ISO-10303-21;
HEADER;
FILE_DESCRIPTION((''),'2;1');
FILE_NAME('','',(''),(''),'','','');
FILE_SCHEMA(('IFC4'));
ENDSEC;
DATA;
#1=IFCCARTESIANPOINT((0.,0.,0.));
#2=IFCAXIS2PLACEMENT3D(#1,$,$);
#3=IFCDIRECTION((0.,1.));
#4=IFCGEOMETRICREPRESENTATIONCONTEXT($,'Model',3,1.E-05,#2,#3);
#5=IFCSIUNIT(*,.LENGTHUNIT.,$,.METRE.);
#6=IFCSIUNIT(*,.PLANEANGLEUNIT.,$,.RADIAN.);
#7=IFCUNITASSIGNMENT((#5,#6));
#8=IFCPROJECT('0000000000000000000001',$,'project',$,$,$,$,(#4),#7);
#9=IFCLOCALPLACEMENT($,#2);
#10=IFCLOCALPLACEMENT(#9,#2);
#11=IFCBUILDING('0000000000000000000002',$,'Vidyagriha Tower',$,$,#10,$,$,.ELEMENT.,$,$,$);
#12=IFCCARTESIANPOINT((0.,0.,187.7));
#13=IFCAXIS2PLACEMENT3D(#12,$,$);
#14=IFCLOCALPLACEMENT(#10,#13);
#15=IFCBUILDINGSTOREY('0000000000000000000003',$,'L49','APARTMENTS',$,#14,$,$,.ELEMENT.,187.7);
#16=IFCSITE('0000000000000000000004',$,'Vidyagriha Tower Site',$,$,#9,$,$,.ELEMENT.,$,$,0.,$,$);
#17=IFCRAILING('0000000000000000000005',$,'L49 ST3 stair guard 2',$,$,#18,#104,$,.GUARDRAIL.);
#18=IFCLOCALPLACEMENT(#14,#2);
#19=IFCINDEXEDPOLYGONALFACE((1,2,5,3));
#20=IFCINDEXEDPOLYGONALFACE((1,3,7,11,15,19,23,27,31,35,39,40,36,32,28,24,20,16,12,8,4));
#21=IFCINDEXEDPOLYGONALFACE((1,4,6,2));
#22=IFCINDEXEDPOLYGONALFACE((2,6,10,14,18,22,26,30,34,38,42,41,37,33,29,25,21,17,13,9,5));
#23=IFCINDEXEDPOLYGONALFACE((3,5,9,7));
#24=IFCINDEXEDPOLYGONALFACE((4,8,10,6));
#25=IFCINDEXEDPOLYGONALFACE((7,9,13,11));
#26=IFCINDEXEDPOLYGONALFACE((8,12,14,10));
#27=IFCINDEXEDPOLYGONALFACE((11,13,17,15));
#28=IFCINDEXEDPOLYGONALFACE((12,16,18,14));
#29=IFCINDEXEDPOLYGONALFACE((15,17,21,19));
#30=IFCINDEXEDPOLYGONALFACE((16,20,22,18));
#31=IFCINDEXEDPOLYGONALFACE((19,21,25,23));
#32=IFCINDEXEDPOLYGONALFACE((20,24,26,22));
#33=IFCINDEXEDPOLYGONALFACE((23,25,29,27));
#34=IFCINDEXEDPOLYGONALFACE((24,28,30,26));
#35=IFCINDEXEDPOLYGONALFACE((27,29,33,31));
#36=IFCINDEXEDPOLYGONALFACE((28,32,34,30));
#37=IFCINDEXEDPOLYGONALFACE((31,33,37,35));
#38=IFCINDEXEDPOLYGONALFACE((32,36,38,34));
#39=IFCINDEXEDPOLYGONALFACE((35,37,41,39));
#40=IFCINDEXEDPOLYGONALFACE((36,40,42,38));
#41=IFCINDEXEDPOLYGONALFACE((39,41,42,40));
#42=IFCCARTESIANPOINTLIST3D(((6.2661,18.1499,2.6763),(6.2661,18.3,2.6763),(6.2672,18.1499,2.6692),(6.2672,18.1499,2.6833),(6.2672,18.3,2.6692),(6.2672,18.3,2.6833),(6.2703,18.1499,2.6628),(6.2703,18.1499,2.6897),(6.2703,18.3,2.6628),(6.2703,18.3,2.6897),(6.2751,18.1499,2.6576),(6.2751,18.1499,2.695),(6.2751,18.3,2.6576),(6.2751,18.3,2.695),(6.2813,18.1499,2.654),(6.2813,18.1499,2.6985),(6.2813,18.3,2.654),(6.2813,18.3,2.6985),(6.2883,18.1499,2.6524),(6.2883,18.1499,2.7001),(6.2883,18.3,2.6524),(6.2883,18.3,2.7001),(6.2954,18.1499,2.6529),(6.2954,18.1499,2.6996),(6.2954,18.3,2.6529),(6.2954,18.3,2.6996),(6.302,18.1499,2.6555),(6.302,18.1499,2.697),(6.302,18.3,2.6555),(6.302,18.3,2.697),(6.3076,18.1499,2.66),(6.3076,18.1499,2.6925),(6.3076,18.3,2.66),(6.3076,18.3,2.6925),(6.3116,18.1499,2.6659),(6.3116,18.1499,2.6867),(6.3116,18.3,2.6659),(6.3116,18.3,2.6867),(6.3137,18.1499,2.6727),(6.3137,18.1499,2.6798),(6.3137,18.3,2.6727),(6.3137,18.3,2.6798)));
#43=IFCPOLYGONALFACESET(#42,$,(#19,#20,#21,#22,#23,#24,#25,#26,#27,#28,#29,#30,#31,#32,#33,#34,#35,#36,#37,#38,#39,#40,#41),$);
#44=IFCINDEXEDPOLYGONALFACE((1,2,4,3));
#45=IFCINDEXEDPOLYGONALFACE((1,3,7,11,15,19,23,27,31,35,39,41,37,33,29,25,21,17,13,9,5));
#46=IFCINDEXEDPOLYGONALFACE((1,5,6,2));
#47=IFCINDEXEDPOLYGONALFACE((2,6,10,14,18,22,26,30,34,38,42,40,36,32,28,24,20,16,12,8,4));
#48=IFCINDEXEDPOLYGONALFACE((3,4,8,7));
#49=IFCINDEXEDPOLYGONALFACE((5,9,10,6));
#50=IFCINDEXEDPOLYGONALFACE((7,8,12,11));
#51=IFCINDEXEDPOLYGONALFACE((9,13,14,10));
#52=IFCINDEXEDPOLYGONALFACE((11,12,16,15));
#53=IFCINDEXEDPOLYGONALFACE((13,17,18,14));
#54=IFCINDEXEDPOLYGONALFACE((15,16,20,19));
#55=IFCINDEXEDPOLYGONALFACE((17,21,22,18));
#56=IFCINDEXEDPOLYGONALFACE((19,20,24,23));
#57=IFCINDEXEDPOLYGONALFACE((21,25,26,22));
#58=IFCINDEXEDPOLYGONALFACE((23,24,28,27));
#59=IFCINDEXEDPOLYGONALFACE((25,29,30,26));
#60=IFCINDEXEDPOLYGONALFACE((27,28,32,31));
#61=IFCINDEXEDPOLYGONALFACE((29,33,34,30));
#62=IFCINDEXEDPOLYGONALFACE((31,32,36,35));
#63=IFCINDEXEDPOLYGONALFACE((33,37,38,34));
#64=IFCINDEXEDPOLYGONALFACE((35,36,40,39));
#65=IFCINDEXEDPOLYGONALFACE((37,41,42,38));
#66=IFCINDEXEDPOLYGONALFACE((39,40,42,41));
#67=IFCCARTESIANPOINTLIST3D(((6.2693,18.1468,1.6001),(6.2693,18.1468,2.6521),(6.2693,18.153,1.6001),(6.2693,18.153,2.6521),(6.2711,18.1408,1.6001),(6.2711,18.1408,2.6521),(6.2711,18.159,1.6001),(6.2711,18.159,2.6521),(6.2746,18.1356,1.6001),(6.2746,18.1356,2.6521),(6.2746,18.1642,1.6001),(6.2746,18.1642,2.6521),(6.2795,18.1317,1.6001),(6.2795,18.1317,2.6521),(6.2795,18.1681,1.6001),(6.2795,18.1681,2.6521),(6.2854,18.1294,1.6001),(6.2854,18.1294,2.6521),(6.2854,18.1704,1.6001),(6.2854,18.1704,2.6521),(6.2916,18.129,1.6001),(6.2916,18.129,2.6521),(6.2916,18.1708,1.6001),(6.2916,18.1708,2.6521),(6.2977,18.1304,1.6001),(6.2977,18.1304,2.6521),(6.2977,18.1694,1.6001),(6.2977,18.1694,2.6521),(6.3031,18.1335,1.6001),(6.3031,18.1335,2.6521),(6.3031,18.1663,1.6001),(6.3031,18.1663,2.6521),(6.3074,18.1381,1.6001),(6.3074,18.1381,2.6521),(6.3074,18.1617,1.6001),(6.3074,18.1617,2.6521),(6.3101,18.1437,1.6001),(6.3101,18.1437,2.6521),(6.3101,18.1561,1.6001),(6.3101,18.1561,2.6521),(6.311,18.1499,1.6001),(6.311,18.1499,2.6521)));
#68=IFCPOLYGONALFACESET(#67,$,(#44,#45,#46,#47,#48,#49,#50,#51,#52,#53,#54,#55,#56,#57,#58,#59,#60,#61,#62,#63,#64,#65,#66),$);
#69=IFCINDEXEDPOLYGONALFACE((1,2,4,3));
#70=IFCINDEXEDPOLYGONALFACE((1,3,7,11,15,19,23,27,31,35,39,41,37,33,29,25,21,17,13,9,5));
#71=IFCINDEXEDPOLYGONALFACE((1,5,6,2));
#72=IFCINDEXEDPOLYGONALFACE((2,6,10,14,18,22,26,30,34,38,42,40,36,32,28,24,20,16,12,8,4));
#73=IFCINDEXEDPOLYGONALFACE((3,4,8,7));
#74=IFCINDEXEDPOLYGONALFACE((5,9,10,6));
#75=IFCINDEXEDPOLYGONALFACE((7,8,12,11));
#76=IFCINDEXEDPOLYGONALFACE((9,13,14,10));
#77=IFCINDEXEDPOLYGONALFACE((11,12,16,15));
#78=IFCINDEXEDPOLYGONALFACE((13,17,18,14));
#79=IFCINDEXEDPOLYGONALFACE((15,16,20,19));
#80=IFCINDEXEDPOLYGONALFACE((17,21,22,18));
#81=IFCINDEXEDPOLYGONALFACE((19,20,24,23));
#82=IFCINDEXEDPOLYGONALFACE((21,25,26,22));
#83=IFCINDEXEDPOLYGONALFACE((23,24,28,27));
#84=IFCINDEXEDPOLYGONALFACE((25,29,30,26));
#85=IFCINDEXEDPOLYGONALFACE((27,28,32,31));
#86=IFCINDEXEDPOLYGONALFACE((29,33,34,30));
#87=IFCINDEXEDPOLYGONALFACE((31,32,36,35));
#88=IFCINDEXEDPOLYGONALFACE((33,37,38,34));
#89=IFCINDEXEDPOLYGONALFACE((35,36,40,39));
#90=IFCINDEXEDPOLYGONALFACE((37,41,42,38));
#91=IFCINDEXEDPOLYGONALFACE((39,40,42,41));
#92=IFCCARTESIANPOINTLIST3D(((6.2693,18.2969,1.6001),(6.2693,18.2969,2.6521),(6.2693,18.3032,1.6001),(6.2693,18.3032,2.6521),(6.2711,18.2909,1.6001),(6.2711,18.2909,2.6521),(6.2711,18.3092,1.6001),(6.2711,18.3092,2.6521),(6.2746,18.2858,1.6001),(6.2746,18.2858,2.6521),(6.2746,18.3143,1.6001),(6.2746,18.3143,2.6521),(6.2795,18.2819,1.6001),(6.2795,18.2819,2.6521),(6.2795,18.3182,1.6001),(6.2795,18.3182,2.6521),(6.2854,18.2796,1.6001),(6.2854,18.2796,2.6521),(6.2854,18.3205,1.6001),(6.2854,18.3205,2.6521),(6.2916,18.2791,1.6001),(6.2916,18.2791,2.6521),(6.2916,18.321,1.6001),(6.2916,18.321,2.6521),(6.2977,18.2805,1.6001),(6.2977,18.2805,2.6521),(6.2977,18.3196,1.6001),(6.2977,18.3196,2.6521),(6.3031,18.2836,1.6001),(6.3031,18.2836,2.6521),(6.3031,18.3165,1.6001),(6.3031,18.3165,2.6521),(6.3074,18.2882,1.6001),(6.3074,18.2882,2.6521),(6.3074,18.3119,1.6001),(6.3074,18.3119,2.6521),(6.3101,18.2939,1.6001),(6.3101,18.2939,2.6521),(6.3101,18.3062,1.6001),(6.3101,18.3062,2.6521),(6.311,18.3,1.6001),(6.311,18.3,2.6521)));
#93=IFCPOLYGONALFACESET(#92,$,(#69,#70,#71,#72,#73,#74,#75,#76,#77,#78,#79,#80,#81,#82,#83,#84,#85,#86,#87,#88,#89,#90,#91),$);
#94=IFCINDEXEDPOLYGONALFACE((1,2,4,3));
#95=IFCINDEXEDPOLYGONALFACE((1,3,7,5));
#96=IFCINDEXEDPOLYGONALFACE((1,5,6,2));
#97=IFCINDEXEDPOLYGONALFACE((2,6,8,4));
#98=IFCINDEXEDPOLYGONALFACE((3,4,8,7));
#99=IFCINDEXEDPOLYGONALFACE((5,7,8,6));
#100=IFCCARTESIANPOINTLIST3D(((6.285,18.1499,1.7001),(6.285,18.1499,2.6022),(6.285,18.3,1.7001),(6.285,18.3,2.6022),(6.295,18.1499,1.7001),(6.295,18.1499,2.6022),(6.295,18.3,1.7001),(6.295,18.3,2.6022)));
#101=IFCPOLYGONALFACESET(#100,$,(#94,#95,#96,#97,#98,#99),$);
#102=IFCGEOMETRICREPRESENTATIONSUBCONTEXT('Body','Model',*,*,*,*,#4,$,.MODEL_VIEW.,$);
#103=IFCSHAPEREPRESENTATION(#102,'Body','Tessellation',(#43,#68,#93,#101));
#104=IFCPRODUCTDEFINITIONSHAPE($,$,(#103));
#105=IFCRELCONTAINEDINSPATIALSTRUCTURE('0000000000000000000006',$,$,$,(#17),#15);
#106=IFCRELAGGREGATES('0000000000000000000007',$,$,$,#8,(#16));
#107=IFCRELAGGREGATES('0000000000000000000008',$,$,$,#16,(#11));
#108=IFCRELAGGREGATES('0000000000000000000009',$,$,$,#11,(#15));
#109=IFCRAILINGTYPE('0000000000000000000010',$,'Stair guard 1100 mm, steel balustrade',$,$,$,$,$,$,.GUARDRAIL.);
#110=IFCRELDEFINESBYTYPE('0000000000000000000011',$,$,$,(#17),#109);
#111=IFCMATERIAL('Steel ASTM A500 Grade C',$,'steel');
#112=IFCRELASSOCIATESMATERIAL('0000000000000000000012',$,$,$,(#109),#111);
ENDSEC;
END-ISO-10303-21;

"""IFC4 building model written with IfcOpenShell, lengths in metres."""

from ifc_helpers import new_model, si_unit, direction, frame, origin, origin_2d, place, context, subcontext, project, spatial, rectangle, circle, extrude, material, type_object, element, save


model = new_model("IFC4")

# Units and contexts
model_context = context("Model", 3, precision=1e-05, world=origin(), true_north=direction((0.0, 1.0)))
body_context = subcontext(model_context, "Body", "Model", "MODEL_VIEW")
ifc_project = project(units=[si_unit("LENGTHUNIT", "METRE"), si_unit("PLANEANGLEUNIT", "RADIAN")], contexts=[model_context])

# Site, building, storey
site_placement = place(None, origin())
site = spatial("IfcSite", under=ifc_project, at=site_placement, Name="Vidyagriha Tower Site", CompositionType="ELEMENT", RefElevation=0.0)
building_placement = place(site_placement, origin())
building = spatial("IfcBuilding", under=site, at=building_placement, Name="Vidyagriha Tower", CompositionType="ELEMENT")
storey_placement = place(building_placement, frame((0.0, 0.0, 187.7)))
storey = spatial("IfcBuildingStorey", under=building, at=storey_placement, Name="L49", Description="APARTMENTS", CompositionType="ELEMENT", Elevation=187.7)

# Railing
ifc_material_1 = material(Name="Steel ASTM A500 Grade C", Category="steel")
railing_type_1 = type_object("IfcRailingType", Name="Stair guard 1100 mm, steel balustrade", PredefinedType="GUARDRAIL", material=ifc_material_1)
railing_1_placement = place(storey_placement, frame((6.29, 18.1499, 1.6001)))
element("IfcRailing", 1, at=railing_1_placement, inside=storey, type_object=railing_type_1, Name="L49 ST3 stair guard 2", PredefinedType="GUARDRAIL", context=body_context, shape_type="SweptSolid", body=[
    extrude(circle(Radius=0.0239, at=origin_2d()), frame((0.0, 0.0, 1.0762), z_axis=(0.0, 1.0, 0.0), x_axis=(-1.0, 0.0, 0.0)), (0.0, 0.0, 1.0), 0.1501),
    extrude(circle(Radius=0.021, at=origin_2d()), origin(), (0.0, 0.0, 1.0), 1.052),
    extrude(circle(Radius=0.021, at=origin_2d()), frame((0.0, 0.1501, 0.0)), (0.0, 0.0, 1.0), 1.052),
    extrude(rectangle(XDim=0.01, YDim=0.9021, at=origin_2d()), frame((0.0, 0.0, 0.551), z_axis=(0.0, 1.0, 0.0), x_axis=(-1.0, 0.0, 0.0)), (0.0, 0.0, 1.0), 0.1501),
])

save(model, "model.ifc")
